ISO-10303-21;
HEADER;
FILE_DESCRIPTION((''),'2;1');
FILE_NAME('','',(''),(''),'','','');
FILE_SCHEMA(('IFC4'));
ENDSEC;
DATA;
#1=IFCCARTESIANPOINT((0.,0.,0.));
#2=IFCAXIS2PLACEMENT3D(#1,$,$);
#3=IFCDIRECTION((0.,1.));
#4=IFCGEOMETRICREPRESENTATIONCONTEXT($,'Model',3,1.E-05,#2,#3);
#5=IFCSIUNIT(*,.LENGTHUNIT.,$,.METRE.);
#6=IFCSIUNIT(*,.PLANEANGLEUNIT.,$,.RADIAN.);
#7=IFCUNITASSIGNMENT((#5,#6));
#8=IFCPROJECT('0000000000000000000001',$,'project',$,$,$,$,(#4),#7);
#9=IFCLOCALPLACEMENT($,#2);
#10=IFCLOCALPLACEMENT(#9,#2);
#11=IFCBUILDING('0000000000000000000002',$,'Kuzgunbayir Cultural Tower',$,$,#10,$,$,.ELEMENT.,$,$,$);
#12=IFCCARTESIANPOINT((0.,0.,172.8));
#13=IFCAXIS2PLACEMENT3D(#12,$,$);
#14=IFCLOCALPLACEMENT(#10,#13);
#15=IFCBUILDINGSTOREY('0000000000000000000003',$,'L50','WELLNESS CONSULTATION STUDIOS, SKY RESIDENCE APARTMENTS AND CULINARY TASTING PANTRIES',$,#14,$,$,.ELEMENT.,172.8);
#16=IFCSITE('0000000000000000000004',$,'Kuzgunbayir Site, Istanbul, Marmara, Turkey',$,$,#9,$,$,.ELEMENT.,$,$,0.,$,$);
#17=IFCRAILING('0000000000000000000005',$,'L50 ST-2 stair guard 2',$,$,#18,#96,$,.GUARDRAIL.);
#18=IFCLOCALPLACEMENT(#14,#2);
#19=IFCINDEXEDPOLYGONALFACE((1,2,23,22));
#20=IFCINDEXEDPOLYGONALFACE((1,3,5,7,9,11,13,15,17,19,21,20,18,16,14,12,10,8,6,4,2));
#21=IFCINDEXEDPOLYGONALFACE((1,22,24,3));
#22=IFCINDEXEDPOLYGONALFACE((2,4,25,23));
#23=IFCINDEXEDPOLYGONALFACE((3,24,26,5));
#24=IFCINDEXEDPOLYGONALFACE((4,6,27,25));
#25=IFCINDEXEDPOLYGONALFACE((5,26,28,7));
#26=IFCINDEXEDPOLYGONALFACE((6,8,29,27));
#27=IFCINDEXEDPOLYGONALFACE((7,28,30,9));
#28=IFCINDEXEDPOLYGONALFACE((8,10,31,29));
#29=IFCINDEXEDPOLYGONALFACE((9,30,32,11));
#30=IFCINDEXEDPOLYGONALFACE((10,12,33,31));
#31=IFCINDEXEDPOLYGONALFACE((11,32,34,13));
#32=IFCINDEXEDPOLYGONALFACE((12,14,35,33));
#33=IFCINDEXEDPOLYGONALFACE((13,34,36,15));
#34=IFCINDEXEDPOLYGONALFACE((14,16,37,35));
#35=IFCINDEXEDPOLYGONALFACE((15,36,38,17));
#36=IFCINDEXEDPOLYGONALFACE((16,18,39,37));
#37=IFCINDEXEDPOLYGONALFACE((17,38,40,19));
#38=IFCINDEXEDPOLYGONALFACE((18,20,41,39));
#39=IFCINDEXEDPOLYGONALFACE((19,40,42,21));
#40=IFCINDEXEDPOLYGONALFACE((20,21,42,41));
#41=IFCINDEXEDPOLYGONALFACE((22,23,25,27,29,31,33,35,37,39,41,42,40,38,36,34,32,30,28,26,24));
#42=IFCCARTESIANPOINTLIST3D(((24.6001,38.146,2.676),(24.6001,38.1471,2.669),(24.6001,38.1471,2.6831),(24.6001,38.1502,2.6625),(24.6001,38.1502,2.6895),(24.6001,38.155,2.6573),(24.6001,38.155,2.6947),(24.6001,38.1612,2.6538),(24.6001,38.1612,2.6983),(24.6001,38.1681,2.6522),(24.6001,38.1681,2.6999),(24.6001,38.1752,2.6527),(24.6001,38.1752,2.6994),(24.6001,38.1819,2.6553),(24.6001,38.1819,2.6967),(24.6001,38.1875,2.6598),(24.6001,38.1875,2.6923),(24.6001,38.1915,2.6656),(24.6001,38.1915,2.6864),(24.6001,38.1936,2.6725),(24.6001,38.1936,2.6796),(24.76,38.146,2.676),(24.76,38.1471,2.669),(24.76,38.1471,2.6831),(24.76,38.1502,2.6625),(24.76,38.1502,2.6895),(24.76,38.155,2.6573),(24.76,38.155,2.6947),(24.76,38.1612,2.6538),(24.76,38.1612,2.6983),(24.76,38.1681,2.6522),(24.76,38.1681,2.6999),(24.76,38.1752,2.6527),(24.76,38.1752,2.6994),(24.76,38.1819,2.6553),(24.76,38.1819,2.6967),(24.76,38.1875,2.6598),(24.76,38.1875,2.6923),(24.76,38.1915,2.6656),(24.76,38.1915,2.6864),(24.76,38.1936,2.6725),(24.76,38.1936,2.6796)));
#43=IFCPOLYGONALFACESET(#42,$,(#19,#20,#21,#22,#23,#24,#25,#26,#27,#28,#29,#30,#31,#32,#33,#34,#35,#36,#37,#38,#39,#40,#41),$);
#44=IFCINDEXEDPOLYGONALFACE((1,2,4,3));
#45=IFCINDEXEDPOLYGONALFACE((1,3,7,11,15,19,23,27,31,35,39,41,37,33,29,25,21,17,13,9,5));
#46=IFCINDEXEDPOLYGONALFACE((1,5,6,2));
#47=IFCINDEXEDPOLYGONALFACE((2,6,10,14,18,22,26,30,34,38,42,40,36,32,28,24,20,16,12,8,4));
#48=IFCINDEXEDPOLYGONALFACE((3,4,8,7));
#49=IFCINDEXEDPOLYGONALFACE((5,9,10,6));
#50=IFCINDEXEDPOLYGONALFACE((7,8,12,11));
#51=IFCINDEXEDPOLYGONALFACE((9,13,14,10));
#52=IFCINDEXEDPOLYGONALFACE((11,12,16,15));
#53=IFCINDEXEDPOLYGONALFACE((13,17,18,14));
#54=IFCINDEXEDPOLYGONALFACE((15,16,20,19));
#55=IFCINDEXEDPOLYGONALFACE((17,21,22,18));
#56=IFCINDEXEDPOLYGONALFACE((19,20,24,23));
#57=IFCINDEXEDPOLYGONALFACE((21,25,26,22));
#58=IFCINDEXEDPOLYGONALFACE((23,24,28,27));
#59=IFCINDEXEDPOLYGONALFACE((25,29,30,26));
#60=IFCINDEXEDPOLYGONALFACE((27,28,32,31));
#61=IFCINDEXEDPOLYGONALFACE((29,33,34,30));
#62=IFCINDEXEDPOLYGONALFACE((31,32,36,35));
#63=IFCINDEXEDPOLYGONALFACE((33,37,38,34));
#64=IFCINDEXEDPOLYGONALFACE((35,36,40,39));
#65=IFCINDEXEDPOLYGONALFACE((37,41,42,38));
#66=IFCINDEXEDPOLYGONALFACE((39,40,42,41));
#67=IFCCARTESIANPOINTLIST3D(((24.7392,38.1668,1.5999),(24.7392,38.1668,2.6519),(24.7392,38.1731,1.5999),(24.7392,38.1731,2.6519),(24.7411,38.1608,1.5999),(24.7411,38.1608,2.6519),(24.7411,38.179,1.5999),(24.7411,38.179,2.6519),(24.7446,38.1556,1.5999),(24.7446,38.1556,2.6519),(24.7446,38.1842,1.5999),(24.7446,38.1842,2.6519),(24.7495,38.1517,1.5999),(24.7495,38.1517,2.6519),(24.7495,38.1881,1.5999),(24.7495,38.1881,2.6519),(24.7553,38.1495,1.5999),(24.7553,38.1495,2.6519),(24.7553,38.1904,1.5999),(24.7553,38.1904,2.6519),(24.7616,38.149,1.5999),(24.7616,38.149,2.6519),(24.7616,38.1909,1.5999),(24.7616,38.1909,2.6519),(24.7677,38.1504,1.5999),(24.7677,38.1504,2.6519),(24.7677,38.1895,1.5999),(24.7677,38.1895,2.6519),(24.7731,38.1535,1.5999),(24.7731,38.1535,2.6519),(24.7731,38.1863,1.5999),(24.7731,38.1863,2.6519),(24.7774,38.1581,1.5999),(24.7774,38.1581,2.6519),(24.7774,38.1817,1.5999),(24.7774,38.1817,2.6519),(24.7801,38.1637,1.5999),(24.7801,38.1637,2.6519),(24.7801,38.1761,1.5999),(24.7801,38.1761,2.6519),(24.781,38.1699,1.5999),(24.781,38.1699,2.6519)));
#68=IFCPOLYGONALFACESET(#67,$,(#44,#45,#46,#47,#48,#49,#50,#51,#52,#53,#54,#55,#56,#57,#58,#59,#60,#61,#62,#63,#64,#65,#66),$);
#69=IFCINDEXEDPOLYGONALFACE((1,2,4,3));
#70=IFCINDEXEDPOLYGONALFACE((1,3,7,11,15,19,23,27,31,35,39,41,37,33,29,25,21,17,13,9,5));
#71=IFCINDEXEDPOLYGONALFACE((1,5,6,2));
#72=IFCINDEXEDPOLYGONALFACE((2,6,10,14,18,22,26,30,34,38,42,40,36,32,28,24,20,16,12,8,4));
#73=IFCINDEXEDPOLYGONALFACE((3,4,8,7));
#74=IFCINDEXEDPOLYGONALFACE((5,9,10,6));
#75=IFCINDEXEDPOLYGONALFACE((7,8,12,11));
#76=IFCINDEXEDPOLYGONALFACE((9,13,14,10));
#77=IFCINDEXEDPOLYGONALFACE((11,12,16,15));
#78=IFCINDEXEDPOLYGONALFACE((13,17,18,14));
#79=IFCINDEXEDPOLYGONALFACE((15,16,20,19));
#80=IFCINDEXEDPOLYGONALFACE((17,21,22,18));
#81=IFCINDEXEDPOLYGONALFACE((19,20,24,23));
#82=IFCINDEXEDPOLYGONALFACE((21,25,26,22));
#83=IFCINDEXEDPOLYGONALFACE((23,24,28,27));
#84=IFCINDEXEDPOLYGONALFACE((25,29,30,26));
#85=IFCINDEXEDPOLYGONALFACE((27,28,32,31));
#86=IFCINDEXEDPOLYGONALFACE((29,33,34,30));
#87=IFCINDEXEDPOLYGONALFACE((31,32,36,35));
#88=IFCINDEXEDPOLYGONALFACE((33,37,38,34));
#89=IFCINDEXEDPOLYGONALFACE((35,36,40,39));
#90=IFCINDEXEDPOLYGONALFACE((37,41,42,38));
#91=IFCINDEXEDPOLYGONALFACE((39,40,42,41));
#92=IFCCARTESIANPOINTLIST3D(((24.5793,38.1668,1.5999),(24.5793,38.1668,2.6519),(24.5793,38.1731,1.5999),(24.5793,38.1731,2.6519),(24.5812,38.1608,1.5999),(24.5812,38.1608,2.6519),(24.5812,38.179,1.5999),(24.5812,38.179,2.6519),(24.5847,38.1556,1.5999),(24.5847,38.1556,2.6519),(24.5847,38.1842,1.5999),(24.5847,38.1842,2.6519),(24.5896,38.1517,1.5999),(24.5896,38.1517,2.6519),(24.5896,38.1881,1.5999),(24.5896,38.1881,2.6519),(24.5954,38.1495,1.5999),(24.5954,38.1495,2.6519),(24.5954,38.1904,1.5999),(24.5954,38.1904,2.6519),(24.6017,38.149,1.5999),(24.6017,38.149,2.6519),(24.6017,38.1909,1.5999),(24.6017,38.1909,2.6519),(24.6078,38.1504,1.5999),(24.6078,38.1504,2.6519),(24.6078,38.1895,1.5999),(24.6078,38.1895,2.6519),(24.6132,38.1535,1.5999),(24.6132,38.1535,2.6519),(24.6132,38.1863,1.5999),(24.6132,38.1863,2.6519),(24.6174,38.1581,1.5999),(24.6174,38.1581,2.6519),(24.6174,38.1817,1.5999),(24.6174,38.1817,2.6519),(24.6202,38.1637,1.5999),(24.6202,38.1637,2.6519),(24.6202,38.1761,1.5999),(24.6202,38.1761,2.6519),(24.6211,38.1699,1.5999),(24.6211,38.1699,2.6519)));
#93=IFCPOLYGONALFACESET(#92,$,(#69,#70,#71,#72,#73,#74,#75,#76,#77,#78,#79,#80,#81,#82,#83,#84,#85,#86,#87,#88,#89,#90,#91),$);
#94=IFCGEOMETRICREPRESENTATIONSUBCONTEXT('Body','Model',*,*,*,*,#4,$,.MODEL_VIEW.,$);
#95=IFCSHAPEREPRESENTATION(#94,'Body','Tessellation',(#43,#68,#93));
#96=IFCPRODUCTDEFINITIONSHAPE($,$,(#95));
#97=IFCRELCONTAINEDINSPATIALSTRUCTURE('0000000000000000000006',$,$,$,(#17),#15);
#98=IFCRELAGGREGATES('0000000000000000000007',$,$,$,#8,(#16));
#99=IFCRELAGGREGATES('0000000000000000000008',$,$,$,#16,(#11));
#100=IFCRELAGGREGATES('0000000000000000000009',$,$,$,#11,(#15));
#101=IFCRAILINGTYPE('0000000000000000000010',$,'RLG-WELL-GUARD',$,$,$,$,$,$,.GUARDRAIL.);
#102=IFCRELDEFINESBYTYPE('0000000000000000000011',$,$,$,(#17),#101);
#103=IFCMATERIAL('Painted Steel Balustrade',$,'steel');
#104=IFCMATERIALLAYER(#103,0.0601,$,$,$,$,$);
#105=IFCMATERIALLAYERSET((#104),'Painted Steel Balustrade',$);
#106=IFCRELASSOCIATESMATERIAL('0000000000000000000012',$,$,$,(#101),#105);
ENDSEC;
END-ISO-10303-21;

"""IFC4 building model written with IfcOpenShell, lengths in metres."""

from ifc_helpers import new_model, si_unit, direction, frame, origin, origin_2d, place, context, subcontext, project, spatial, circle, extrude, material, layer, layer_set, type_object, element, save


model = new_model("IFC4")

# Units and contexts
model_context = context("Model", 3, precision=1e-05, world=origin(), true_north=direction((0.0, 1.0)))
body_context = subcontext(model_context, "Body", "Model", "MODEL_VIEW")
ifc_project = project(units=[si_unit("LENGTHUNIT", "METRE"), si_unit("PLANEANGLEUNIT", "RADIAN")], contexts=[model_context])

# Site, building, storey
site_placement = place(None, origin())
site = spatial("IfcSite", under=ifc_project, at=site_placement, Name="Kuzgunbayir Site, Istanbul, Marmara, Turkey", CompositionType="ELEMENT", RefElevation=0.0)
building_placement = place(site_placement, origin())
building = spatial("IfcBuilding", under=site, at=building_placement, Name="Kuzgunbayir Cultural Tower", CompositionType="ELEMENT")
storey_placement = place(building_placement, frame((0.0, 0.0, 172.8)))
storey = spatial("IfcBuildingStorey", under=building, at=storey_placement, Name="L50", Description="WELLNESS CONSULTATION STUDIOS, SKY RESIDENCE APARTMENTS AND CULINARY TASTING PANTRIES", CompositionType="ELEMENT", Elevation=172.8)

# Railing
ifc_material_1 = material(Name="Painted Steel Balustrade", Category="steel")
ifc_layer_1 = layer(ifc_material_1, 0.0601)
ifc_layer_set_1 = layer_set([ifc_layer_1], Name="Painted Steel Balustrade")
railing_type_1 = type_object("IfcRailingType", Name="RLG-WELL-GUARD", PredefinedType="GUARDRAIL", material=ifc_layer_set_1)
railing_1_placement = place(storey_placement, frame((24.76, 38.1699, 1.5999)))
element("IfcRailing", 1, at=railing_1_placement, inside=storey, type_object=railing_type_1, Name="L50 ST-2 stair guard 2", PredefinedType="GUARDRAIL", context=body_context, shape_type="SweptSolid", body=[
    extrude(circle(Radius=0.0239, at=origin_2d()), frame((0.0, 0.0, 1.0762), z_axis=(-1.0, 0.0, 0.0), x_axis=(0.0, -1.0, 0.0)), (0.0, 0.0, 1.0), 0.1599),
    extrude(circle(Radius=0.021, at=origin_2d()), origin(), (0.0, 0.0, 1.0), 1.052),
    extrude(circle(Radius=0.021, at=origin_2d()), frame((-0.1599, 0.0, 0.0)), (0.0, 0.0, 1.0), 1.052),
])

save(model, "model.ifc")
